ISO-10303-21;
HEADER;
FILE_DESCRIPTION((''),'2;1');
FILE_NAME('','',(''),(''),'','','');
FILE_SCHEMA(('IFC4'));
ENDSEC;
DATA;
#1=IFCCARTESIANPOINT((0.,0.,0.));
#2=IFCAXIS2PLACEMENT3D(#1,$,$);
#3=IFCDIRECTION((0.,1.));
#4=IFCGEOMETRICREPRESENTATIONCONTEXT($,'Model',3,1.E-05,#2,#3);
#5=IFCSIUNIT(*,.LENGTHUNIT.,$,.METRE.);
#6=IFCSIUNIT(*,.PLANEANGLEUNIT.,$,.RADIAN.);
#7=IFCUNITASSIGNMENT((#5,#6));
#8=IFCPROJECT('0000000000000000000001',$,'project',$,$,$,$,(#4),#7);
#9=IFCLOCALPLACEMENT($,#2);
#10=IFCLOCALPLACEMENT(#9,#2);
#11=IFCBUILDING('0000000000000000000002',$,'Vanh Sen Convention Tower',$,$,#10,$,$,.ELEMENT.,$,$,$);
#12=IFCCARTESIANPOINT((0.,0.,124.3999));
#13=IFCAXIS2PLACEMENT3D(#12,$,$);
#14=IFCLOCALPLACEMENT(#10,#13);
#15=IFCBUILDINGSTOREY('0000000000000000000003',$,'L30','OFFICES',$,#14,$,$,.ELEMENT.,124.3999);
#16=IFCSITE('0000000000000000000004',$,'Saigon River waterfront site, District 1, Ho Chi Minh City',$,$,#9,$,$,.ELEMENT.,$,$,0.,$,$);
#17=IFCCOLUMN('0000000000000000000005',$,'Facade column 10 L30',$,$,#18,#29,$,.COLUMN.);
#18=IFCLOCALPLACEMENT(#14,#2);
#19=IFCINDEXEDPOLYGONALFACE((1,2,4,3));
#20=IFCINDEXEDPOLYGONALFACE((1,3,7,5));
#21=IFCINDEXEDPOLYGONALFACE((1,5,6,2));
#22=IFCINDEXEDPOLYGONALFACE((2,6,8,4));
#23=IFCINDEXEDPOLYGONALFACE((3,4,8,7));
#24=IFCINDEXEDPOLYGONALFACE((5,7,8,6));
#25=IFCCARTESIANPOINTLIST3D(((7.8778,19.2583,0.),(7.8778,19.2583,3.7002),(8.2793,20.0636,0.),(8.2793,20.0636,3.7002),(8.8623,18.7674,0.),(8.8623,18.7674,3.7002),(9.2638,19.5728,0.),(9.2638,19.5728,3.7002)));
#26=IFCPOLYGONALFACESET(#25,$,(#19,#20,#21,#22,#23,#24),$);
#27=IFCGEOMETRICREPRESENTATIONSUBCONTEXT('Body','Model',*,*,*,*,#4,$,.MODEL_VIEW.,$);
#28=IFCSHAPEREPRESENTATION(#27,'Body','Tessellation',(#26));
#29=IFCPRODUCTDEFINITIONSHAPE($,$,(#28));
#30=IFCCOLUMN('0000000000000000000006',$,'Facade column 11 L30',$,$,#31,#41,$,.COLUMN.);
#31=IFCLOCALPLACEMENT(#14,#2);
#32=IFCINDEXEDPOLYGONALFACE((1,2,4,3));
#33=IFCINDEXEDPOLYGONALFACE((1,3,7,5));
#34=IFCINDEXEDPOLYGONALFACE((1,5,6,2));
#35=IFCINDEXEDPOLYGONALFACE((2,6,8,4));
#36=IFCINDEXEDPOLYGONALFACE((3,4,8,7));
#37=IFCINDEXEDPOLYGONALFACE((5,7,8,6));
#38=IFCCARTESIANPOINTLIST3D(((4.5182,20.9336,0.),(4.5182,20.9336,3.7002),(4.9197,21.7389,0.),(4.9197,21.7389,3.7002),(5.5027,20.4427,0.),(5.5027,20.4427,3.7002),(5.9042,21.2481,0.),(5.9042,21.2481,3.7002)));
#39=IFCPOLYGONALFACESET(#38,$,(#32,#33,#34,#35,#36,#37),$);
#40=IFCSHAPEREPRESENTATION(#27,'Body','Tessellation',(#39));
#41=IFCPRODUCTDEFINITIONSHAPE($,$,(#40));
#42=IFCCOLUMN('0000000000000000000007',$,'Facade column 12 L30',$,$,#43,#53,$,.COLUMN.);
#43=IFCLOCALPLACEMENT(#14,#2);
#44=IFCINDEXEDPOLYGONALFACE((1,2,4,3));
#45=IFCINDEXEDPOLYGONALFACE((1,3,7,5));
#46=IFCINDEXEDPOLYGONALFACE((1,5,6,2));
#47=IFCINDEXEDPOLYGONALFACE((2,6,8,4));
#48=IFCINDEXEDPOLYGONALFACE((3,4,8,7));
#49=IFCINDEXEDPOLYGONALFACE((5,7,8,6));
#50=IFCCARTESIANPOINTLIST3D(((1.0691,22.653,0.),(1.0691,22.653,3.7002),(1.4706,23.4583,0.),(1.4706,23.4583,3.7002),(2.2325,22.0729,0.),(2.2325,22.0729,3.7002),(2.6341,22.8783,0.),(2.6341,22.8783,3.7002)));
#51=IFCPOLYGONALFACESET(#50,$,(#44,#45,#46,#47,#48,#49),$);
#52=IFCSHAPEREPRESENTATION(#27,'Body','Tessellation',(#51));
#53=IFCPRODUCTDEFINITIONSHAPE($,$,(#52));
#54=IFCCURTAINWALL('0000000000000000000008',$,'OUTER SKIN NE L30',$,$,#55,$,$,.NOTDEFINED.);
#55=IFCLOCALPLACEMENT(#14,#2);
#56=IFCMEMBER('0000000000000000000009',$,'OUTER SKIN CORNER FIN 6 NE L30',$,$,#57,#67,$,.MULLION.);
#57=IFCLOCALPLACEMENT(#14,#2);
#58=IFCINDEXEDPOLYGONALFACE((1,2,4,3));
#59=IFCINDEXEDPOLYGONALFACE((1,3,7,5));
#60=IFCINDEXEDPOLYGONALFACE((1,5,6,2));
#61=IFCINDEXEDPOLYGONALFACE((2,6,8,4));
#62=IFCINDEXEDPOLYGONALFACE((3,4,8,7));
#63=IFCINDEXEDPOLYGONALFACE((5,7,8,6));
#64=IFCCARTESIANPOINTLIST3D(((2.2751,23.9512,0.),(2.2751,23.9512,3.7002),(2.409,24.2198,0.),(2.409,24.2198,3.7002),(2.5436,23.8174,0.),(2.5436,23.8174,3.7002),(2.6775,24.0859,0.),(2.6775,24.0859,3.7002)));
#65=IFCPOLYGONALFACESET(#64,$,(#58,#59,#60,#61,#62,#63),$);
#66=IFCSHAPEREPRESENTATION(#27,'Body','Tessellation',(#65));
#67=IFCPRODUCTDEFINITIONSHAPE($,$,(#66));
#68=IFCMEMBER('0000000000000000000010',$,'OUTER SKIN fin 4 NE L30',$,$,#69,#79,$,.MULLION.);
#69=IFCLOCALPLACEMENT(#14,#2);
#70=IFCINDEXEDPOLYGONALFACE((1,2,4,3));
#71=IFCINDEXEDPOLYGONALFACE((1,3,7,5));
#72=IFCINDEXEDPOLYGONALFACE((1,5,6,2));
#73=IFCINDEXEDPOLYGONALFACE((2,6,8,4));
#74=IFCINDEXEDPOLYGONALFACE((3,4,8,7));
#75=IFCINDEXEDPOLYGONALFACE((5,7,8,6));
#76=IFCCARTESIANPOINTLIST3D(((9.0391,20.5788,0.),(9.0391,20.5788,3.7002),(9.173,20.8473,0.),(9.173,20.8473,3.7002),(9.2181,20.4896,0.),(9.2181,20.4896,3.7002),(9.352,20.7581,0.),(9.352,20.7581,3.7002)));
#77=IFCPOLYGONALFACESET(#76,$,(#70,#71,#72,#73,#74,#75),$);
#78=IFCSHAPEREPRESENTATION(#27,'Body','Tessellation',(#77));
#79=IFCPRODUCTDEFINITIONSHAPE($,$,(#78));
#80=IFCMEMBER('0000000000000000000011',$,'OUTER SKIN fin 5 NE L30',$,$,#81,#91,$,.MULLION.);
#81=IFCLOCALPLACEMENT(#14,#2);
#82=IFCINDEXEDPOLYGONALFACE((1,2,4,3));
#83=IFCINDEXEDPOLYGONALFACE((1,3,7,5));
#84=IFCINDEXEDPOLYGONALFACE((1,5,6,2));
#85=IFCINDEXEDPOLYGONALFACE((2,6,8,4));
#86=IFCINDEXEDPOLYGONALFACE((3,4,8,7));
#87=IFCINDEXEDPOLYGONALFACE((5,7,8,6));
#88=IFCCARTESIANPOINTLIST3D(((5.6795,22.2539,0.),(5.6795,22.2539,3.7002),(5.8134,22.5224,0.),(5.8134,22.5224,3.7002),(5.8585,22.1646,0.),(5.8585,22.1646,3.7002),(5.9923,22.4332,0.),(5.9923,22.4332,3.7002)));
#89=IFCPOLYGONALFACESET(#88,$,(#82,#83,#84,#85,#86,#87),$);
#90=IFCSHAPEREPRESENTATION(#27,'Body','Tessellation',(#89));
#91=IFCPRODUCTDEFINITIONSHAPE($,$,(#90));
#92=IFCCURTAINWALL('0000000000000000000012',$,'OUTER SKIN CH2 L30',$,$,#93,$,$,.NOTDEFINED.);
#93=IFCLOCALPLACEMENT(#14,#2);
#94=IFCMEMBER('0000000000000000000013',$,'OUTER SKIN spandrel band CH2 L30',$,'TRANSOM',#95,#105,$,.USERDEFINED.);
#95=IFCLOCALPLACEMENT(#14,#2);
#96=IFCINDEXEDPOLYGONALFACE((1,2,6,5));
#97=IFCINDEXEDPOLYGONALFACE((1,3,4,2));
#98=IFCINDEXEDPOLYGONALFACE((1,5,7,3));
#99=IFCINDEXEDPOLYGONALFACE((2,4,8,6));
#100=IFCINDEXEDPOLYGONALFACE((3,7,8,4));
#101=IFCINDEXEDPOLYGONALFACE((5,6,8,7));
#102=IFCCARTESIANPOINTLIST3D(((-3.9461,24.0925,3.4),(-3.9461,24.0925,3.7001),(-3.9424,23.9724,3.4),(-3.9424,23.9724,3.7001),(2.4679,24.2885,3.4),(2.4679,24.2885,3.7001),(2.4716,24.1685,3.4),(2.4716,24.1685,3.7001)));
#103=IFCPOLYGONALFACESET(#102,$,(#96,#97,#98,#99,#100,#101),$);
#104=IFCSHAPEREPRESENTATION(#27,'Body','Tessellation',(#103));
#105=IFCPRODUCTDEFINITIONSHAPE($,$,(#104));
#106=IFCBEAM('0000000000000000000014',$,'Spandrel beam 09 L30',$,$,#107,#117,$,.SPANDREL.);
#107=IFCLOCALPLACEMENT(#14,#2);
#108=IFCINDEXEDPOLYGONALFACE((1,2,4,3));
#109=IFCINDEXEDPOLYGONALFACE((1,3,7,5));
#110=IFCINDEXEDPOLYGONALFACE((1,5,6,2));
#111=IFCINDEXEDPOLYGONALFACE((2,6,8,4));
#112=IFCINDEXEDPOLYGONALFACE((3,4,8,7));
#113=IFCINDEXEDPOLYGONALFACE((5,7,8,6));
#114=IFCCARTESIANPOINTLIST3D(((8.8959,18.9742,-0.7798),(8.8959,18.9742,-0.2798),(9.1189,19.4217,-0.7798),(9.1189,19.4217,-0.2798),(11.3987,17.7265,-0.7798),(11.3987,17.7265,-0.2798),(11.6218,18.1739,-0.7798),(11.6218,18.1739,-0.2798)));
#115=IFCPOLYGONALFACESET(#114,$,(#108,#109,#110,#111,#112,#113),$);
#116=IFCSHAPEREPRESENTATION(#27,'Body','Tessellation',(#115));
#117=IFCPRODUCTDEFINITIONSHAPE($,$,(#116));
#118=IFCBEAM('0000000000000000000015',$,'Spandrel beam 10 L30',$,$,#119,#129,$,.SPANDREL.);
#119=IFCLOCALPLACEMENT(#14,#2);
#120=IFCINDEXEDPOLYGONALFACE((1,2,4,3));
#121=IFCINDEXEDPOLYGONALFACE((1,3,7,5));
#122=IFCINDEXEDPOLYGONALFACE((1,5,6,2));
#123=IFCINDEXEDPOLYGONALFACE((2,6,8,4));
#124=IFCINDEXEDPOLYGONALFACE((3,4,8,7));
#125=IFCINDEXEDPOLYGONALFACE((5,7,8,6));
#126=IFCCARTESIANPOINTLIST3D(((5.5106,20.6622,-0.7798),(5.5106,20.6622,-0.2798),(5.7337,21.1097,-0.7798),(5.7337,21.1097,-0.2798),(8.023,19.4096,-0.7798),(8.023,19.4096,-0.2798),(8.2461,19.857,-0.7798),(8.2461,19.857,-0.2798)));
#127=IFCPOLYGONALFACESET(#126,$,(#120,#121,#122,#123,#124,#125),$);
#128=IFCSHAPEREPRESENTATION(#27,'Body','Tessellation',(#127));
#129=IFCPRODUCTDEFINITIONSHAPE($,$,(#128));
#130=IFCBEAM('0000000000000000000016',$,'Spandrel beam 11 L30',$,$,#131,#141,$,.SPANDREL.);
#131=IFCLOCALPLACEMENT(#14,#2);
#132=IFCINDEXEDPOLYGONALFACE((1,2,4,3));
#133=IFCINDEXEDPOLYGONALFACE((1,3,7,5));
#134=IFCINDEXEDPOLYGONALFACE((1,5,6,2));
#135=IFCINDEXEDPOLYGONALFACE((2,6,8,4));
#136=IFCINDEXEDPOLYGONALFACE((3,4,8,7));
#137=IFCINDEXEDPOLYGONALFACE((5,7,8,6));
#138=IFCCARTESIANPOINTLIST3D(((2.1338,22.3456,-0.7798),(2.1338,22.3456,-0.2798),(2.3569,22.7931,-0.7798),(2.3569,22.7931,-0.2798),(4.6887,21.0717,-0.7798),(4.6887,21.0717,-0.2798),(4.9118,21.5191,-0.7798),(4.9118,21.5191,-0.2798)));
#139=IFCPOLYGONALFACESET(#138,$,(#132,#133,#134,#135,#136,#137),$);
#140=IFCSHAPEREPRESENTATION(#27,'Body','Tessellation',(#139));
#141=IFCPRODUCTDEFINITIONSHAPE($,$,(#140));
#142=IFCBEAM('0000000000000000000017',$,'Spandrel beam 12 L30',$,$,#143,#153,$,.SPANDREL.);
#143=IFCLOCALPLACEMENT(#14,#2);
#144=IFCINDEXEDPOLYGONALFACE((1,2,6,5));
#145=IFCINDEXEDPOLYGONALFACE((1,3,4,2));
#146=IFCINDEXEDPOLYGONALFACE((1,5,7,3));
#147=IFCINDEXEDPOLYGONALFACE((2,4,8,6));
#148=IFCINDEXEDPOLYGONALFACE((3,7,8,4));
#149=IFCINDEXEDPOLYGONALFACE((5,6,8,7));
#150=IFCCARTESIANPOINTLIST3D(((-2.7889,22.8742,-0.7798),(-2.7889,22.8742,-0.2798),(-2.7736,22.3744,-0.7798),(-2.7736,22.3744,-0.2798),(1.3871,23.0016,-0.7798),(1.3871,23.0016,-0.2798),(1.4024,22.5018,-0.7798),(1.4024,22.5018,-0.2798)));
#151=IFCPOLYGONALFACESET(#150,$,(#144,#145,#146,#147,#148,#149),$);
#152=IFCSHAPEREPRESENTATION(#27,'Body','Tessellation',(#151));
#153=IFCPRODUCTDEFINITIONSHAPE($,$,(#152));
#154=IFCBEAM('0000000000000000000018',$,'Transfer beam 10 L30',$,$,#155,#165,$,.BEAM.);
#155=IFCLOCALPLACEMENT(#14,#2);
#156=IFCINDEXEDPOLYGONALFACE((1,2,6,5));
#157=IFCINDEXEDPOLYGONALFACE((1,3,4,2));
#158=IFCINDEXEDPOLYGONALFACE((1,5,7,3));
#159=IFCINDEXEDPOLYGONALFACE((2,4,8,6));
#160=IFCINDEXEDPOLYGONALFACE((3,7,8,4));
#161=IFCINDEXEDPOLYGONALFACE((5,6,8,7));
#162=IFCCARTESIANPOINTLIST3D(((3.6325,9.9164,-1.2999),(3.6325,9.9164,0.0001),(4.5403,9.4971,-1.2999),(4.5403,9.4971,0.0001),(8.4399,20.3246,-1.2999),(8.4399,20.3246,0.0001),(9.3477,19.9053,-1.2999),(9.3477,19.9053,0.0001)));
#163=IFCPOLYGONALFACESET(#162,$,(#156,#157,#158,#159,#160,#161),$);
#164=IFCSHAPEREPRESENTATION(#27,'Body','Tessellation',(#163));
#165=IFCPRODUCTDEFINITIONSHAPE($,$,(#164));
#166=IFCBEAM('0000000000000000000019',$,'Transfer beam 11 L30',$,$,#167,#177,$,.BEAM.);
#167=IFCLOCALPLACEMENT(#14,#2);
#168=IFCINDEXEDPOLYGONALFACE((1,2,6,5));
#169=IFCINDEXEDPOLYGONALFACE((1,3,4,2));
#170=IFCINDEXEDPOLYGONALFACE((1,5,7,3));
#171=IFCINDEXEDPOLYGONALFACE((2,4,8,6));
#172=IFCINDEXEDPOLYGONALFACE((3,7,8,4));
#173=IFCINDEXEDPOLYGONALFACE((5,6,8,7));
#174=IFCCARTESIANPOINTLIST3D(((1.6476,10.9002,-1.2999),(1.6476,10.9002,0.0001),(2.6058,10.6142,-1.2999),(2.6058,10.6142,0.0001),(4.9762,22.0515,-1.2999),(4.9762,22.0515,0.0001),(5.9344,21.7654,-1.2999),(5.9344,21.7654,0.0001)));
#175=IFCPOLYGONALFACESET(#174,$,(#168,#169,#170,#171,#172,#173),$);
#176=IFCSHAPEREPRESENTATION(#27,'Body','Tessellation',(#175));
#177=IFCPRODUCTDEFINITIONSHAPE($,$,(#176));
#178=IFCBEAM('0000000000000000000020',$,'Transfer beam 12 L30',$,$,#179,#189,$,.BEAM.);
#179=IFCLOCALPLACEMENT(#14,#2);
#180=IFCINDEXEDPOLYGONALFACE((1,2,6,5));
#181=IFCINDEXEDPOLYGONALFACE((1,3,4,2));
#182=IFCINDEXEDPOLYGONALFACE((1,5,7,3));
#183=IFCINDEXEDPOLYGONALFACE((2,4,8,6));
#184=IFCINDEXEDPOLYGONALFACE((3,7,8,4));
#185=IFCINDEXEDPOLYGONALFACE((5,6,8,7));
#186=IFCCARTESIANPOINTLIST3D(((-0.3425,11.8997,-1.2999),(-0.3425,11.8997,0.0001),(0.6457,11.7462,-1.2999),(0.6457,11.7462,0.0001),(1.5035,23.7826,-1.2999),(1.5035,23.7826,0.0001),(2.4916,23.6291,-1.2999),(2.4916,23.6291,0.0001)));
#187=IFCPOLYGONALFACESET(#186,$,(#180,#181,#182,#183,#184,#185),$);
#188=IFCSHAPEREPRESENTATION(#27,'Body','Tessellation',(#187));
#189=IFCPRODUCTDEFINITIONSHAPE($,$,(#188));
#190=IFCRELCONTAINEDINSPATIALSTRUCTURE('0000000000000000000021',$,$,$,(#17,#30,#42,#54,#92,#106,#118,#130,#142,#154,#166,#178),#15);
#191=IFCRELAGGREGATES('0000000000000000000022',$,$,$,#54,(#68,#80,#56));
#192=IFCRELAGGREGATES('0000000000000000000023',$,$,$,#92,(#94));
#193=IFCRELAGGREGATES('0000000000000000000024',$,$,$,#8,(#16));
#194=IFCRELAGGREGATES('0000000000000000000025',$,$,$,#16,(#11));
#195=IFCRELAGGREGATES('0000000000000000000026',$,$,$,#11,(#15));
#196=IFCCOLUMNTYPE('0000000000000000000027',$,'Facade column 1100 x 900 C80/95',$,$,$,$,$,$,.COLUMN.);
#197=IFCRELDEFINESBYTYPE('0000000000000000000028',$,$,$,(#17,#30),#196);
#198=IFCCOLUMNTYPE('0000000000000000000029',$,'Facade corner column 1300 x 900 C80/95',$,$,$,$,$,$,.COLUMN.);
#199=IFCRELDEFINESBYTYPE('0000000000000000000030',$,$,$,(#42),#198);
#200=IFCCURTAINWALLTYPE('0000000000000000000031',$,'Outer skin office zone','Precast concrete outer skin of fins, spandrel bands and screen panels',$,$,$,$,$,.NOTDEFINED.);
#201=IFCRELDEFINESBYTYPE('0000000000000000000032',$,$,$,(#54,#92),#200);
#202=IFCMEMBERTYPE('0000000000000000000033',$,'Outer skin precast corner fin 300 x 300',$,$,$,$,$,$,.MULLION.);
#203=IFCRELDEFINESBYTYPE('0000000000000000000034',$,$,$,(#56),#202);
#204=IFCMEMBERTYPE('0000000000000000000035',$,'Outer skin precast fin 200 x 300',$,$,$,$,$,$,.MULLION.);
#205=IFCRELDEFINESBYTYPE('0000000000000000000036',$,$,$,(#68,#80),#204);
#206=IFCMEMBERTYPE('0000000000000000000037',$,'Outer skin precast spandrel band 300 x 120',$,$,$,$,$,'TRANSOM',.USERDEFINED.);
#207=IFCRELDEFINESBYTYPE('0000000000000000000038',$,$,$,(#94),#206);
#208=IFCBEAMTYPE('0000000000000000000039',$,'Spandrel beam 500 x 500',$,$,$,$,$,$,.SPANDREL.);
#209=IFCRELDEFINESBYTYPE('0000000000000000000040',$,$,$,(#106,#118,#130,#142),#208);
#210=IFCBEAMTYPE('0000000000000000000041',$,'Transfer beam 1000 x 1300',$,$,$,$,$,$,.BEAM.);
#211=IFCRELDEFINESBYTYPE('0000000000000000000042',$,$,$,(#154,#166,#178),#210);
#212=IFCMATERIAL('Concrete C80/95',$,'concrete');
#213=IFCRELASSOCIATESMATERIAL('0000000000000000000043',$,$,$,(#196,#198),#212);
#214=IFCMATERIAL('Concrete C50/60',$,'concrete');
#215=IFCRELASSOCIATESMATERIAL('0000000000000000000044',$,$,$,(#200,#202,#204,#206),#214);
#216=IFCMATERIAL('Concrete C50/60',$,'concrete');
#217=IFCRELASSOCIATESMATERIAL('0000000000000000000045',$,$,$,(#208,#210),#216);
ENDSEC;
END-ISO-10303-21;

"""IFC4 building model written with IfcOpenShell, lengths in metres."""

from ifc_helpers import new_model, si_unit, direction, frame, origin, origin_2d, place, context, subcontext, project, spatial, rectangle, extrude, material, material_profile, profile_set, type_object, element, aggregate, save


model = new_model("IFC4")

# Units and contexts
model_context = context("Model", 3, precision=1e-05, world=origin(), true_north=direction((0.0, 1.0)))
body_context = subcontext(model_context, "Body", "Model", "MODEL_VIEW")
ifc_project = project(units=[si_unit("LENGTHUNIT", "METRE"), si_unit("PLANEANGLEUNIT", "RADIAN")], contexts=[model_context])

# Site, building, storey
site_placement = place(None, origin())
site = spatial("IfcSite", under=ifc_project, at=site_placement, Name="Saigon River waterfront site, District 1, Ho Chi Minh City", CompositionType="ELEMENT", RefElevation=0.0)
building_placement = place(site_placement, origin())
building = spatial("IfcBuilding", under=site, at=building_placement, Name="Vanh Sen Convention Tower", CompositionType="ELEMENT")
storey_placement = place(building_placement, frame((0.0, 0.0, 124.3999)))
storey = spatial("IfcBuildingStorey", under=building, at=storey_placement, Name="L30", Description="OFFICES", CompositionType="ELEMENT", Elevation=124.3999)

# Columns
ifc_material_1 = material(Name="Concrete C80/95", Category="concrete")
ifc_material_profile_1 = material_profile(ifc_material_1, rectangle(XDim=1.1001, YDim=0.8999, at=origin_2d()), Name="RC 1100X900")
ifc_profile_set_1 = profile_set([ifc_material_profile_1], Name="Concrete C80/95")
column_type_1 = type_object("IfcColumnType", Name="Facade column 1100 x 900 C80/95", PredefinedType="COLUMN", material=ifc_profile_set_1)
for number, where, z_axis, x_axis, name in (
    (1, (8.5708, 19.4155, 0.0), (0.0, 0.0, 1.0), (-0.894934, 0.446198, 0.0), "Facade column 10 L30"),
    (2, (5.2112, 21.0908, 0.0), (0.0, 0.0, 1.0), (-0.894934, 0.446198, 0.0), "Facade column 11 L30"),
):
    element("IfcColumn", number, at=place(storey_placement, frame(where, z_axis=z_axis, x_axis=x_axis)), inside=storey, type_object=column_type_1, Name=name, PredefinedType="COLUMN", context=body_context, shape_type="SweptSolid", body=[
        extrude(rectangle(XDim=1.1001, YDim=0.8999, at=origin_2d()), origin(), (0.0, 0.0, 1.0), 3.7002),
    ])
ifc_material_profile_2 = material_profile(ifc_material_1, rectangle(XDim=1.3, YDim=0.8999, at=origin_2d()), Name="RC 1300X900")
ifc_profile_set_2 = profile_set([ifc_material_profile_2], Name="Concrete C80/95")
column_type_2 = type_object("IfcColumnType", Name="Facade corner column 1300 x 900 C80/95", PredefinedType="COLUMN", material=ifc_profile_set_2)
column_placement = place(storey_placement, frame((1.8516, 22.7656, 0.0), z_axis=(0.0, 0.0, 1.0), x_axis=(-0.894934, 0.446198, 0.0)))
element("IfcColumn", 3, at=column_placement, inside=storey, type_object=column_type_2, Name="Facade column 12 L30", PredefinedType="COLUMN", context=body_context, shape_type="SweptSolid", body=[
    extrude(rectangle(XDim=1.3, YDim=0.8999, at=origin_2d()), origin(), (0.0, 0.0, 1.0), 3.7002),
])

# Curtain wall, members
ifc_material_2 = material(Name="Concrete C50/60", Category="concrete")
curtain_wall_type = type_object("IfcCurtainWallType", Name="Outer skin office zone", Description="Precast concrete outer skin of fins, spandrel bands and screen panels", PredefinedType="NOTDEFINED", material=ifc_material_2)
curtain_wall_1_placement = place(storey_placement, origin())
curtain_wall_1 = element("IfcCurtainWall", 4, at=curtain_wall_1_placement, inside=storey, type_object=curtain_wall_type, Name="OUTER SKIN NE L30", PredefinedType="NOTDEFINED")
ifc_material_profile_3 = material_profile(ifc_material_2, rectangle(XDim=0.3, YDim=0.3, at=origin_2d()), Name="Outer skin precast corner fin 300 x 300")
ifc_profile_set_3 = profile_set([ifc_material_profile_3], Name="Concrete C50/60")
member_type_1 = type_object("IfcMemberType", Name="Outer skin precast corner fin 300 x 300", PredefinedType="MULLION", material=ifc_profile_set_3)
member_1_placement = place(storey_placement, frame((2.4763, 24.0186, 0.0), z_axis=(0.0, 0.0, 1.0), x_axis=(-0.894934, 0.446198, 0.0)))
member_1 = element("IfcMember", 5, at=member_1_placement, type_object=member_type_1, Name="OUTER SKIN CORNER FIN 6 NE L30", PredefinedType="MULLION", context=body_context, shape_type="SweptSolid", body=[
    extrude(rectangle(XDim=0.3, YDim=0.3, at=origin_2d()), origin(), (0.0, 0.0, 1.0), 3.7002),
])
ifc_material_profile_4 = material_profile(ifc_material_2, rectangle(XDim=0.2, YDim=0.3, at=origin_2d()), Name="Outer skin precast fin 200 x 300")
ifc_profile_set_4 = profile_set([ifc_material_profile_4], Name="Concrete C50/60")
member_type_2 = type_object("IfcMemberType", Name="Outer skin precast fin 200 x 300", PredefinedType="MULLION", material=ifc_profile_set_4)
member_2_placement = place(storey_placement, frame((9.1956, 20.6685, 0.0), z_axis=(0.0, 0.0, 1.0), x_axis=(-0.894934, 0.446198, 0.0)))
member_2 = element("IfcMember", 6, at=member_2_placement, type_object=member_type_2, Name="OUTER SKIN fin 4 NE L30", PredefinedType="MULLION", context=body_context, shape_type="SweptSolid", body=[
    extrude(rectangle(XDim=0.2, YDim=0.3, at=origin_2d()), origin(), (0.0, 0.0, 1.0), 3.7002),
])
member_3_placement = place(storey_placement, frame((5.8359, 22.3435, 0.0), z_axis=(0.0, 0.0, 1.0), x_axis=(-0.894934, 0.446198, 0.0)))
member_3 = element("IfcMember", 7, at=member_3_placement, type_object=member_type_2, Name="OUTER SKIN fin 5 NE L30", PredefinedType="MULLION", context=body_context, shape_type="SweptSolid", body=[
    extrude(rectangle(XDim=0.2, YDim=0.3, at=origin_2d()), origin(), (0.0, 0.0, 1.0), 3.7002),
])

# Curtain wall, member
curtain_wall_2_placement = place(storey_placement, origin())
curtain_wall_2 = element("IfcCurtainWall", 8, at=curtain_wall_2_placement, inside=storey, type_object=curtain_wall_type, Name="OUTER SKIN CH2 L30", PredefinedType="NOTDEFINED")
ifc_material_profile_5 = material_profile(ifc_material_2, rectangle(XDim=0.1201, YDim=0.3, at=origin_2d()), Name="Outer skin precast spandrel band 300 x 120")
ifc_profile_set_5 = profile_set([ifc_material_profile_5], Name="Concrete C50/60")
member_type_3 = type_object("IfcMemberType", Name="Outer skin precast spandrel band 300 x 120", ElementType="TRANSOM", PredefinedType="USERDEFINED", material=ifc_profile_set_5)
member_4_placement = place(storey_placement, frame((2.4697, 24.2285, 3.55), z_axis=(-0.999533, -0.030551, 0.0), x_axis=(0.030551, -0.999533, 0.0)))
member_4 = element("IfcMember", 9, at=member_4_placement, type_object=member_type_3, Name="OUTER SKIN spandrel band CH2 L30", ObjectType="TRANSOM", PredefinedType="USERDEFINED", context=body_context, shape_type="SweptSolid", body=[
    extrude(rectangle(XDim=0.1201, YDim=0.3, at=origin_2d()), origin(), (0.0, 0.0, 1.0), 6.417),
])

# Beams
ifc_material_3 = material(Name="Concrete C50/60", Category="concrete")
ifc_material_profile_6 = material_profile(ifc_material_3, rectangle(XDim=0.5, YDim=0.5, at=origin_2d()), Name="RC 500X500")
ifc_profile_set_6 = profile_set([ifc_material_profile_6], Name="Concrete C50/60")
beam_type_1 = type_object("IfcBeamType", Name="Spandrel beam 500 x 500", PredefinedType="SPANDREL", material=ifc_profile_set_6)
beam_1_placement = place(storey_placement, frame((11.5103, 17.9502, -0.5298), z_axis=(-0.89495, 0.446166, 0.0), x_axis=(-0.446166, -0.89495, 0.0)))
element("IfcBeam", 10, at=beam_1_placement, inside=storey, type_object=beam_type_1, Name="Spandrel beam 09 L30", PredefinedType="SPANDREL", context=body_context, shape_type="SweptSolid", body=[
    extrude(rectangle(XDim=0.5, YDim=0.5, at=origin_2d()), origin(), (0.0, 0.0, 1.0), 2.7966),
])
beam_2_placement = place(storey_placement, frame((8.1345, 19.6333, -0.5298), z_axis=(-0.894931, 0.446205, 0.0), x_axis=(-0.446205, -0.894931, 0.0)))
element("IfcBeam", 11, at=beam_2_placement, inside=storey, type_object=beam_type_1, Name="Spandrel beam 10 L30", PredefinedType="SPANDREL", context=body_context, shape_type="SweptSolid", body=[
    extrude(rectangle(XDim=0.5, YDim=0.5, at=origin_2d()), origin(), (0.0, 0.0, 1.0), 2.8074),
])
beam_3_placement = place(storey_placement, frame((4.8003, 21.2954, -0.5298), z_axis=(-0.894923, 0.446221, 0.0), x_axis=(-0.446221, -0.894923, 0.0)))
element("IfcBeam", 12, at=beam_3_placement, inside=storey, type_object=beam_type_1, Name="Spandrel beam 11 L30", PredefinedType="SPANDREL", context=body_context, shape_type="SweptSolid", body=[
    extrude(rectangle(XDim=0.5, YDim=0.5, at=origin_2d()), origin(), (0.0, 0.0, 1.0), 2.855),
])
beam_4_placement = place(storey_placement, frame((1.3948, 22.7517, -0.5298), z_axis=(-0.999535, -0.030503, 0.0), x_axis=(0.030503, -0.999535, 0.0)))
element("IfcBeam", 13, at=beam_4_placement, inside=storey, type_object=beam_type_1, Name="Spandrel beam 12 L30", PredefinedType="SPANDREL", context=body_context, shape_type="SweptSolid", body=[
    extrude(rectangle(XDim=0.5, YDim=0.5, at=origin_2d()), origin(), (0.0, 0.0, 1.0), 4.178),
])
ifc_material_profile_7 = material_profile(ifc_material_3, rectangle(XDim=1.0, YDim=1.3, at=origin_2d()), Name="RC 1000X1300")
ifc_profile_set_7 = profile_set([ifc_material_profile_7], Name="Concrete C50/60")
beam_type_2 = type_object("IfcBeamType", Name="Transfer beam 1000 x 1300", PredefinedType="BEAM", material=ifc_profile_set_7)
beam_5_placement = place(storey_placement, frame((8.8938, 20.115, -0.6499), z_axis=(-0.419316, -0.90784, 0.0), x_axis=(0.90784, -0.419316, 0.0)))
element("IfcBeam", 14, at=beam_5_placement, inside=storey, type_object=beam_type_2, Name="Transfer beam 10 L30", PredefinedType="BEAM", context=body_context, shape_type="SweptSolid", body=[
    extrude(rectangle(XDim=1.0, YDim=1.3, at=origin_2d()), origin(), (0.0, 0.0, 1.0), 11.4648),
])
beam_6_placement = place(storey_placement, frame((5.4553, 21.9084, -0.6499), z_axis=(-0.286023, -0.958223, 0.0), x_axis=(0.958223, -0.286023, 0.0)))
element("IfcBeam", 15, at=beam_6_placement, inside=storey, type_object=beam_type_2, Name="Transfer beam 11 L30", PredefinedType="BEAM", context=body_context, shape_type="SweptSolid", body=[
    extrude(rectangle(XDim=1.0, YDim=1.3, at=origin_2d()), origin(), (0.0, 0.0, 1.0), 11.6375),
])
beam_7_placement = place(storey_placement, frame((1.9976, 23.7058, -0.6499), z_axis=(-0.153505, -0.988148, 0.0), x_axis=(0.988148, -0.153505, 0.0)))
element("IfcBeam", 16, at=beam_7_placement, inside=storey, type_object=beam_type_2, Name="Transfer beam 12 L30", PredefinedType="BEAM", context=body_context, shape_type="SweptSolid", body=[
    extrude(rectangle(XDim=1.0, YDim=1.3, at=origin_2d()), origin(), (0.0, 0.0, 1.0), 12.0254),
])

aggregate(curtain_wall_1, [member_2, member_3, member_1])
aggregate(curtain_wall_2, [member_4])

save(model, "model.ifc")
